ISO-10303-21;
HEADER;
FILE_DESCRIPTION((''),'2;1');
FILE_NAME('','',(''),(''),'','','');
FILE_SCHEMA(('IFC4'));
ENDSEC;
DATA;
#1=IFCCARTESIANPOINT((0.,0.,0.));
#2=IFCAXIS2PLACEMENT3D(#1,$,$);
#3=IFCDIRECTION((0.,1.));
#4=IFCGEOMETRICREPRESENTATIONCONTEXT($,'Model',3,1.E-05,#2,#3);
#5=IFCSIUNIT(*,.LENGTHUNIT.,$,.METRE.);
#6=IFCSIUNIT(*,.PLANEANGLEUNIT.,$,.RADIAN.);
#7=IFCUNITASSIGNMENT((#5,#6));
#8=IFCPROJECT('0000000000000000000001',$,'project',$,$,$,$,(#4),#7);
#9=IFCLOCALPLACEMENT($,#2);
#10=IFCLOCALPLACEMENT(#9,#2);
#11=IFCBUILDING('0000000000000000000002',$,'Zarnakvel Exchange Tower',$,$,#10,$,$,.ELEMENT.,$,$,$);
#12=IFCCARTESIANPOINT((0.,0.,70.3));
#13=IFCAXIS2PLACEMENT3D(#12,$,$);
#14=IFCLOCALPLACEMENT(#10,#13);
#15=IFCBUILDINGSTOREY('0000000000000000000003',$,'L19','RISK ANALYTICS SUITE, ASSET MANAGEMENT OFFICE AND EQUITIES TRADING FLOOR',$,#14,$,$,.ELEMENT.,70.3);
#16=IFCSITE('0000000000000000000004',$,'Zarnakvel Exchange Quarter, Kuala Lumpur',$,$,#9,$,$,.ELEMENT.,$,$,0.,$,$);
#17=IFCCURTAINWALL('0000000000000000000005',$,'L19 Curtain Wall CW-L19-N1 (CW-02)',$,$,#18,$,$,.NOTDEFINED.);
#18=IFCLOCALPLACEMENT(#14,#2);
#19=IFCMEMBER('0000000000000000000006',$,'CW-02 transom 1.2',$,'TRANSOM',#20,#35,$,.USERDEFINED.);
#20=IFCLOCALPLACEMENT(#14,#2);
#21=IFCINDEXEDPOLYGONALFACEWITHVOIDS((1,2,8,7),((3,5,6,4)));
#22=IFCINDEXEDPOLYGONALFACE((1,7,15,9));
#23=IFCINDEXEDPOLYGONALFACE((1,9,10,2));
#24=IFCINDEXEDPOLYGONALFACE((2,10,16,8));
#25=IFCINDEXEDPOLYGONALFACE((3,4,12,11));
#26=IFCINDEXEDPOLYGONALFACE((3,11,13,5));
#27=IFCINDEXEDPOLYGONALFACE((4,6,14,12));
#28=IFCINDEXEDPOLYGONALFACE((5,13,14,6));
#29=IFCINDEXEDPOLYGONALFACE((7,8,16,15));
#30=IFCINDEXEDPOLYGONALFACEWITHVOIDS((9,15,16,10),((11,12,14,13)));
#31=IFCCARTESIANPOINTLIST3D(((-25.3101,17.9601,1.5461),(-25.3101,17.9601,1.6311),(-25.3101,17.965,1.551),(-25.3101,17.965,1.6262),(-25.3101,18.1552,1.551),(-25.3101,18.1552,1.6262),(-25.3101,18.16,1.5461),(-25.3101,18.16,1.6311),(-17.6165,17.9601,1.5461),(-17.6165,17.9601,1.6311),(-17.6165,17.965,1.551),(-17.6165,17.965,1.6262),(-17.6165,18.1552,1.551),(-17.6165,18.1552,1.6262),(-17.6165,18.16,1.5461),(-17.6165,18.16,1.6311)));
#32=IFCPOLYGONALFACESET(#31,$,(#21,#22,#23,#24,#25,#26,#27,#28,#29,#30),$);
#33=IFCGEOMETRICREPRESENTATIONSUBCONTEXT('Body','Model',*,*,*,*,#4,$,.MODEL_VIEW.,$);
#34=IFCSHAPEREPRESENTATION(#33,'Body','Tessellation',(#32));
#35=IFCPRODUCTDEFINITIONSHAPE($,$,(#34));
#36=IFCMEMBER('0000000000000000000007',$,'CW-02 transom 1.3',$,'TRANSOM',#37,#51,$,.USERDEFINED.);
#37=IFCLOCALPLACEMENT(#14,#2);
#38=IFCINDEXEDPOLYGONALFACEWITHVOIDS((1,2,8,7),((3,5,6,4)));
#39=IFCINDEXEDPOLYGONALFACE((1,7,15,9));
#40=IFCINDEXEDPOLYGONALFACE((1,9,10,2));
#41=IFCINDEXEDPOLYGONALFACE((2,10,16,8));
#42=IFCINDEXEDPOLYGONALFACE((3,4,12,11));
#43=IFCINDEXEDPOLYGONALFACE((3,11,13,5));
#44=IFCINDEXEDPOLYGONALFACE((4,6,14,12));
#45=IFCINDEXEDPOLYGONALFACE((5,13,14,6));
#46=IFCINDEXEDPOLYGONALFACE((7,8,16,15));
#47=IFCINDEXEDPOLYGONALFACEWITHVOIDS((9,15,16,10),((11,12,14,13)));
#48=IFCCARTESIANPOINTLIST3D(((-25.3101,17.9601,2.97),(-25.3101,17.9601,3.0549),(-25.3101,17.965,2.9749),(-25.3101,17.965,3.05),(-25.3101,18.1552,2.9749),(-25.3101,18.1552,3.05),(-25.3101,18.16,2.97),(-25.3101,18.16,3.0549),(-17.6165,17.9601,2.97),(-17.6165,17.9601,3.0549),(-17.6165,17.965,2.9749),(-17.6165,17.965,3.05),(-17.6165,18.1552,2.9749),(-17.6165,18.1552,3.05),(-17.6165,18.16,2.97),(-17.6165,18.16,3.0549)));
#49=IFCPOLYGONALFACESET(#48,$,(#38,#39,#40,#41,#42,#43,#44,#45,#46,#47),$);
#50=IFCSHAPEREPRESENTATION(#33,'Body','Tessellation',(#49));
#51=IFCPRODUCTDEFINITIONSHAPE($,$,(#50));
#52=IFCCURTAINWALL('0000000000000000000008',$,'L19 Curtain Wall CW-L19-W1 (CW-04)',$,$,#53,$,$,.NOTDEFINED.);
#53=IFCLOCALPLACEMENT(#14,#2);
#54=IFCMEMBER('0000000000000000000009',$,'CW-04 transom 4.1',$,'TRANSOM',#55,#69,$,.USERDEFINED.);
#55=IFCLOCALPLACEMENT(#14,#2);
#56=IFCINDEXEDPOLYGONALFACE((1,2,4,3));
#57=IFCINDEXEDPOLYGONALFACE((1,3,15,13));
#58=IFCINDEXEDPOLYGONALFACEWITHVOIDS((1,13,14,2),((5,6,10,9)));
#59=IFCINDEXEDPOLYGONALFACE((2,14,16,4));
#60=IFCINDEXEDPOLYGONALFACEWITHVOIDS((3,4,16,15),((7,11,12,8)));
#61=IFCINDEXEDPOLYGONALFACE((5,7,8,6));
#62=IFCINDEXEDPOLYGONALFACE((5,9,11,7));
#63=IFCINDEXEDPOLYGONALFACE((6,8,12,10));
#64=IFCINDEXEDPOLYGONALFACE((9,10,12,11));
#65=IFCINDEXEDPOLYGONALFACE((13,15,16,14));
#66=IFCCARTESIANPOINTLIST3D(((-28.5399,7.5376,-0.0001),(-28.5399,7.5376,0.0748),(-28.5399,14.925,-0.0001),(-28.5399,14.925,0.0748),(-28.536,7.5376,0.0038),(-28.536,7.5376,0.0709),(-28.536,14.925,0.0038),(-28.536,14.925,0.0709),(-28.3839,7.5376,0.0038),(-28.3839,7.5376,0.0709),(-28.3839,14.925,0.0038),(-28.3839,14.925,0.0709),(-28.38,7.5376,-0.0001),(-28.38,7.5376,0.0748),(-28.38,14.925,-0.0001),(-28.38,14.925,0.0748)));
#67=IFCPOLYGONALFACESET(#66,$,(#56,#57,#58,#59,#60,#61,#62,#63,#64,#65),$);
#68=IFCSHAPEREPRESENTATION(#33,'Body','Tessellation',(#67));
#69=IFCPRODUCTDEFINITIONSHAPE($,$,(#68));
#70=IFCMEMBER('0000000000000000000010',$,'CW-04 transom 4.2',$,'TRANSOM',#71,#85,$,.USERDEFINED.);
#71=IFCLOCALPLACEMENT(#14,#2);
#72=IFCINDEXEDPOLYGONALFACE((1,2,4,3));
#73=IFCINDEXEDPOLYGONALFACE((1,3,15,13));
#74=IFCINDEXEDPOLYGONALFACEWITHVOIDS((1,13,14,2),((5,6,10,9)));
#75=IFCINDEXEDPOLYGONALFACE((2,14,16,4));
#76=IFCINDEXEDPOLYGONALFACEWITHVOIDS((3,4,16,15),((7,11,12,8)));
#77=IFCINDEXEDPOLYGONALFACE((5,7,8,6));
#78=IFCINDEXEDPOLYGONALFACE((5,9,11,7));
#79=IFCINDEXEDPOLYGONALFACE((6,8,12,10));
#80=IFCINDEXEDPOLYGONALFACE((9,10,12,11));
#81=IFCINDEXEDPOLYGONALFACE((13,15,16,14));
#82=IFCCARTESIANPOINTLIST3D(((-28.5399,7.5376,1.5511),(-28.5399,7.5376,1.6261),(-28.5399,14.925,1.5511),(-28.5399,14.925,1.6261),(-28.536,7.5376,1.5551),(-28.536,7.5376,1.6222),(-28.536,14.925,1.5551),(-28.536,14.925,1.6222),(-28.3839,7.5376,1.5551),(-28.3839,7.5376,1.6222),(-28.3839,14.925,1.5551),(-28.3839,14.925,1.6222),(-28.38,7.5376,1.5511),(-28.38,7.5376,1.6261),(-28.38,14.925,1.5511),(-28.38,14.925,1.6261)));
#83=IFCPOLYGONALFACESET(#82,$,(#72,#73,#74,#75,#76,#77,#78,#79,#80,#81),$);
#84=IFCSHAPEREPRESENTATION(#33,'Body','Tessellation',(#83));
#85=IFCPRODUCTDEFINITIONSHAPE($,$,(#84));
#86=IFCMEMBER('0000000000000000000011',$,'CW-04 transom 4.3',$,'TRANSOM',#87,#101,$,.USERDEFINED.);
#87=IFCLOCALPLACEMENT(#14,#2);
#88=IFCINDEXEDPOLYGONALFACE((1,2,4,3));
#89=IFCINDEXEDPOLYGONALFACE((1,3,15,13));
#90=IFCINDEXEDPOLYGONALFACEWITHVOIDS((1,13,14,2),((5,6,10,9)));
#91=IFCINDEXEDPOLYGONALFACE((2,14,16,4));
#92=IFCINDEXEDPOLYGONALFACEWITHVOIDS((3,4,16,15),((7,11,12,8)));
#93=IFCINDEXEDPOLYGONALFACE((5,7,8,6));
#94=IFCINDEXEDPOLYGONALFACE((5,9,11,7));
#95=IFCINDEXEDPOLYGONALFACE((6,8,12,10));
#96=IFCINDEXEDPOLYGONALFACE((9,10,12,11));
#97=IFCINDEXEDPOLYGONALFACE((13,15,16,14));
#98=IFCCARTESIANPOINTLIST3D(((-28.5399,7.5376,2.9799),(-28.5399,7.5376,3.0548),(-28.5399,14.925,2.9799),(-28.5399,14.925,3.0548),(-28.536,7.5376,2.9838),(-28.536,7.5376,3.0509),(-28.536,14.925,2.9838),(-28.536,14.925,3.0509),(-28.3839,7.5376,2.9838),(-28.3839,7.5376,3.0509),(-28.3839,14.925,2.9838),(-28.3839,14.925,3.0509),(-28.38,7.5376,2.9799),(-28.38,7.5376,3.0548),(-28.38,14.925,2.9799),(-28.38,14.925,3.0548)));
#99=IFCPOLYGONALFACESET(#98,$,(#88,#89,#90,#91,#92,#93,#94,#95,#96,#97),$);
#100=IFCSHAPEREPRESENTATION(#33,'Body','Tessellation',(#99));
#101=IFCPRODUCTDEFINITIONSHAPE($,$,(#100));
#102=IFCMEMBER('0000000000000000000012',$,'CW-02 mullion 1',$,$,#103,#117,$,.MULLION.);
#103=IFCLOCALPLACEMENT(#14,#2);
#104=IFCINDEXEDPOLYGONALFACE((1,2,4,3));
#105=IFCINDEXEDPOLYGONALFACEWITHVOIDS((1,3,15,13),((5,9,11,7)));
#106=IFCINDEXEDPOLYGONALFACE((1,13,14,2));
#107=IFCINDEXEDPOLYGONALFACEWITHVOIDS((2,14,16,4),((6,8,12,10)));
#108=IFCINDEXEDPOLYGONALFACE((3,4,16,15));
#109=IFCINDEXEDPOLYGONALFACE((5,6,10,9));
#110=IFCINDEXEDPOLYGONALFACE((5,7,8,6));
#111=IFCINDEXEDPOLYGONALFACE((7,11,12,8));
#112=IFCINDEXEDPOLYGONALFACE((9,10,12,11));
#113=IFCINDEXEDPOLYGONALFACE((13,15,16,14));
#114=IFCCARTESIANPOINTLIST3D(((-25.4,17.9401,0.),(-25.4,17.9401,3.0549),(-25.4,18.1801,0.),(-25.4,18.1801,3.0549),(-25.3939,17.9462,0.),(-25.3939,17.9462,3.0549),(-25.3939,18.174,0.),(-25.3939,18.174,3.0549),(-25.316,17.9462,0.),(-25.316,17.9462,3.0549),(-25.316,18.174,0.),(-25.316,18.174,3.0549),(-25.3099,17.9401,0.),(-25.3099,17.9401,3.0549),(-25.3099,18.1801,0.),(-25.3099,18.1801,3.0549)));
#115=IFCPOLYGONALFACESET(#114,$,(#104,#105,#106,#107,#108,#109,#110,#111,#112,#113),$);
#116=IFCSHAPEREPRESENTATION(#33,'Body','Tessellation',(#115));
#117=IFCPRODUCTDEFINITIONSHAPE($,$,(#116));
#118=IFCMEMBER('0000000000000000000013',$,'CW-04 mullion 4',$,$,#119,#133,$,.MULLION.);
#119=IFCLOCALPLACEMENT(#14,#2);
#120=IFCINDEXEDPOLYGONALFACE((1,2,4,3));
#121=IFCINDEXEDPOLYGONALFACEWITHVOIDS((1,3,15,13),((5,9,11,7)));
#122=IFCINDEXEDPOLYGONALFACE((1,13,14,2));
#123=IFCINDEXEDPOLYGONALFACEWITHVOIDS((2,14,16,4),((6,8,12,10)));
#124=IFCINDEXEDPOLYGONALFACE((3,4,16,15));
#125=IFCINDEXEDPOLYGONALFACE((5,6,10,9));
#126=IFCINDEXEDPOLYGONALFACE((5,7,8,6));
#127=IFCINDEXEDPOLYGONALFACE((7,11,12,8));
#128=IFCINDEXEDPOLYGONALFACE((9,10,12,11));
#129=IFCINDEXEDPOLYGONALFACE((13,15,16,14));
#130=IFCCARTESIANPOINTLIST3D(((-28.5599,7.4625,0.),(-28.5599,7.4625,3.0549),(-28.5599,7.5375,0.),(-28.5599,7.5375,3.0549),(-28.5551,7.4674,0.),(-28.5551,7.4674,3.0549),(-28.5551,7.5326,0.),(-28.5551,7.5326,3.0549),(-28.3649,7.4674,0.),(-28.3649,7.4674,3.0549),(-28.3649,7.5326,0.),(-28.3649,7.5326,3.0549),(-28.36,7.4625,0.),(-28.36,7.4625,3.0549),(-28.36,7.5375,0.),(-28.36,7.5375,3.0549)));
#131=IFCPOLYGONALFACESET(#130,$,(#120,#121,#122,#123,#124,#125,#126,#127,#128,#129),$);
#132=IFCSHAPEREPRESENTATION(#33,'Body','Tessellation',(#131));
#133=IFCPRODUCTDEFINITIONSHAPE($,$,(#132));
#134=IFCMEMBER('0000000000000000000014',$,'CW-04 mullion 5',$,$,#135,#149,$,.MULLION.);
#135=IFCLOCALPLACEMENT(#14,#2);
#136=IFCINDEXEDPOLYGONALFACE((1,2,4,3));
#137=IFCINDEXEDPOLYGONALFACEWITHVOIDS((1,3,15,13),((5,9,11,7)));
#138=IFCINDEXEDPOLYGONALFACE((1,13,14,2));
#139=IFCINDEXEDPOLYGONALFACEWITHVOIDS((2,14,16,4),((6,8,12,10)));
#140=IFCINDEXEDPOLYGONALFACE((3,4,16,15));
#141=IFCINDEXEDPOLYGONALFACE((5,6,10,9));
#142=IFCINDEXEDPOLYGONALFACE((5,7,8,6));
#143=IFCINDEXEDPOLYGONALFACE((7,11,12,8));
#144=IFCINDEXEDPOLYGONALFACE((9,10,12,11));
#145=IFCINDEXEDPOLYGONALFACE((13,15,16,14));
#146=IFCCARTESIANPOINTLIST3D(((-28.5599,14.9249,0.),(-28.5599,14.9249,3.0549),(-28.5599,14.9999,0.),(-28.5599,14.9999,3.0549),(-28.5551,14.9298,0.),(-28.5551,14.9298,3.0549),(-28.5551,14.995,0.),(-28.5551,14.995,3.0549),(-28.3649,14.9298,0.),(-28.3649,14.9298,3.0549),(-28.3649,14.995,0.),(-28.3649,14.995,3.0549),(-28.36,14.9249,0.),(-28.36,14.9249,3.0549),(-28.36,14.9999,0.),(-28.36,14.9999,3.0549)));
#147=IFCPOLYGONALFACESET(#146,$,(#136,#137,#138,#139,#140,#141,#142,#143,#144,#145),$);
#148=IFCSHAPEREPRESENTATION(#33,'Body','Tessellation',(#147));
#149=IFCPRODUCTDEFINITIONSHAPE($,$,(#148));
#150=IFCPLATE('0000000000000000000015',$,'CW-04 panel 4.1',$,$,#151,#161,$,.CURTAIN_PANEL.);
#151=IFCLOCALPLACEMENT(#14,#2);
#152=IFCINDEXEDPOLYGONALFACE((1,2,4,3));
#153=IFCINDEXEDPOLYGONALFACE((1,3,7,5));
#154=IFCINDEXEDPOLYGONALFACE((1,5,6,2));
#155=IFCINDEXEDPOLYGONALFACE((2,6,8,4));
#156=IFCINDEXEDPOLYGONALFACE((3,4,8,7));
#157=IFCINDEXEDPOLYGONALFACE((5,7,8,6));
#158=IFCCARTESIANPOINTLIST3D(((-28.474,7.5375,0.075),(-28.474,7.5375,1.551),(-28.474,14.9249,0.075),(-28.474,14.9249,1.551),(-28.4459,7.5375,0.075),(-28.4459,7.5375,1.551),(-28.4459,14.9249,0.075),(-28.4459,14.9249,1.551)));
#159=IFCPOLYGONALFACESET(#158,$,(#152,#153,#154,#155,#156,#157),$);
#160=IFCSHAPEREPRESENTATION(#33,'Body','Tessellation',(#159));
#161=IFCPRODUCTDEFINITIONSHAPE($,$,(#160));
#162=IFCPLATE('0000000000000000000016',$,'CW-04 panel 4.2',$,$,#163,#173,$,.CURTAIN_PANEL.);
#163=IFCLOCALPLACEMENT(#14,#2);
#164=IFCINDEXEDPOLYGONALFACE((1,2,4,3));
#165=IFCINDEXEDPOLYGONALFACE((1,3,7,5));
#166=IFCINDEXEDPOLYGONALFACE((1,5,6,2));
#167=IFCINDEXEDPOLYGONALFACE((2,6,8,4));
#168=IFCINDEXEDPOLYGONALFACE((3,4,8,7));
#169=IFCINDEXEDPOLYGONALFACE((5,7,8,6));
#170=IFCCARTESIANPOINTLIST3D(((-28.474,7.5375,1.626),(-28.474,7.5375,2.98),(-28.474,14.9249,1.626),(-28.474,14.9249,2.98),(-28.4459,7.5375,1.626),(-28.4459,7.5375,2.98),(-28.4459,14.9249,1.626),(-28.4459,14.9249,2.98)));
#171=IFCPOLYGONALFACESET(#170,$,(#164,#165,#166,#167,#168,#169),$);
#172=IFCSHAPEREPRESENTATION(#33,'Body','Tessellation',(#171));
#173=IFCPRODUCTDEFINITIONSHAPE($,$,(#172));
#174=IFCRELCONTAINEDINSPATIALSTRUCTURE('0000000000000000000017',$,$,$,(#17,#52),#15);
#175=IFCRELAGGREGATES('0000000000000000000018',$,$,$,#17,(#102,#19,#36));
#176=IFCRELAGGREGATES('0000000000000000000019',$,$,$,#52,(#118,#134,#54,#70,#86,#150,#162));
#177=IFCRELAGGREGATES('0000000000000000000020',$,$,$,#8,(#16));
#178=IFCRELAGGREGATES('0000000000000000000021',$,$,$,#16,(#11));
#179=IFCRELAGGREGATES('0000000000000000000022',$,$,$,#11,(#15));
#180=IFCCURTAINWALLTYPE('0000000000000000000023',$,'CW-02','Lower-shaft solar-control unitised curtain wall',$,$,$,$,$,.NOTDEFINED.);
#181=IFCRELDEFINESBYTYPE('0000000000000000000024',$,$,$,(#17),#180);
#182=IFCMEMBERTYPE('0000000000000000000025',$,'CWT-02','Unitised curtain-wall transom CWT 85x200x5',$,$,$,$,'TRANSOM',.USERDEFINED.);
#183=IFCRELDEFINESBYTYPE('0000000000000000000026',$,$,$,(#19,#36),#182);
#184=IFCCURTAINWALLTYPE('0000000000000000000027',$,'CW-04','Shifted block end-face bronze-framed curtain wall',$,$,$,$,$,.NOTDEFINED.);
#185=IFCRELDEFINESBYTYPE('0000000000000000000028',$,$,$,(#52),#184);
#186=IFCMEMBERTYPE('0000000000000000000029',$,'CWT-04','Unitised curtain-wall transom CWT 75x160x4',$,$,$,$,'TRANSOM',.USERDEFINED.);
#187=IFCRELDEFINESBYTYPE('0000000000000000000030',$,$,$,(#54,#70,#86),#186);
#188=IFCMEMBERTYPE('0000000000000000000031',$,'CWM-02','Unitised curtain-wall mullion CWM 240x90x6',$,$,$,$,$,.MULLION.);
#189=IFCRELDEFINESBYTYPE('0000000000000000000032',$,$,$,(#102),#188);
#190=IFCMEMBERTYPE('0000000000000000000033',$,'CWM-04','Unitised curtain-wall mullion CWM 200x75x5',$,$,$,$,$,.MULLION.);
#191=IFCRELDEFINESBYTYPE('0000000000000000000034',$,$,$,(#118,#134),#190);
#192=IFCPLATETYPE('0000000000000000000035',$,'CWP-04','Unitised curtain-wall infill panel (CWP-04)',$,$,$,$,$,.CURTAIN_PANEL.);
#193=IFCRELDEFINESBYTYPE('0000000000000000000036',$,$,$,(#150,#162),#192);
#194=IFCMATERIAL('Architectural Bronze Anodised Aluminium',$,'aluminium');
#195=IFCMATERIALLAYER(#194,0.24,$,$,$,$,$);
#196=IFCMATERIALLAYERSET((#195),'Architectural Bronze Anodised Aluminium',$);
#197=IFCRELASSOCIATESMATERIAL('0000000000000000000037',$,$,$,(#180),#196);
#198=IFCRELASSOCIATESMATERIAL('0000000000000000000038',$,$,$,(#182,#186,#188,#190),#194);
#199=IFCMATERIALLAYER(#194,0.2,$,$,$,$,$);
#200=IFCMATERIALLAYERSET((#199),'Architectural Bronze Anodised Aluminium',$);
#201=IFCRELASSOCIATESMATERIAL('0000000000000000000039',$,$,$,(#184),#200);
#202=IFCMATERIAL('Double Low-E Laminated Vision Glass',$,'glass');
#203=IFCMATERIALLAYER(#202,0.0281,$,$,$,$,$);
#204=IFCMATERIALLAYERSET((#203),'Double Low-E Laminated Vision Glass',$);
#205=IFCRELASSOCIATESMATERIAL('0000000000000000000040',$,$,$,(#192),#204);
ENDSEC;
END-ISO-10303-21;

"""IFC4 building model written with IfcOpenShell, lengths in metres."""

from ifc_helpers import new_model, si_unit, direction, frame, origin, origin_2d, place, context, subcontext, project, spatial, rectangle, hollow_rectangle, extrude, source, transform, mapped, material, layer, layer_set, material_profile, profile_set, type_object, element, aggregate, save


model = new_model("IFC4")

# Units and contexts
model_context = context("Model", 3, precision=1e-05, world=origin(), true_north=direction((0.0, 1.0)))
body_context = subcontext(model_context, "Body", "Model", "MODEL_VIEW")
ifc_project = project(units=[si_unit("LENGTHUNIT", "METRE"), si_unit("PLANEANGLEUNIT", "RADIAN")], contexts=[model_context])

# Site, building, storey
site_placement = place(None, origin())
site = spatial("IfcSite", under=ifc_project, at=site_placement, Name="Zarnakvel Exchange Quarter, Kuala Lumpur", CompositionType="ELEMENT", RefElevation=0.0)
building_placement = place(site_placement, origin())
building = spatial("IfcBuilding", under=site, at=building_placement, Name="Zarnakvel Exchange Tower", CompositionType="ELEMENT")
storey_placement = place(building_placement, frame((0.0, 0.0, 70.3)))
storey = spatial("IfcBuildingStorey", under=building, at=storey_placement, Name="L19", Description="RISK ANALYTICS SUITE, ASSET MANAGEMENT OFFICE AND EQUITIES TRADING FLOOR", CompositionType="ELEMENT", Elevation=70.3)

# Curtain walls, members
ifc_material_1 = material(Name="Architectural Bronze Anodised Aluminium", Category="aluminium")
ifc_layer_1 = layer(ifc_material_1, 0.24)
ifc_layer_set_1 = layer_set([ifc_layer_1], Name="Architectural Bronze Anodised Aluminium")
curtain_wall_type_1 = type_object("IfcCurtainWallType", Name="CW-02", Description="Lower-shaft solar-control unitised curtain wall", PredefinedType="NOTDEFINED", material=ifc_layer_set_1)
curtain_wall_1_placement = place(storey_placement, origin())
curtain_wall_1 = element("IfcCurtainWall", 1, at=curtain_wall_1_placement, inside=storey, type_object=curtain_wall_type_1, Name="L19 Curtain Wall CW-L19-N1 (CW-02)", PredefinedType="NOTDEFINED")
ifc_material_profile_1 = material_profile(ifc_material_1, hollow_rectangle(XDim=0.2, YDim=0.085, WallThickness=0.0049, at=origin_2d()))
ifc_profile_set_1 = profile_set([ifc_material_profile_1], Name="Architectural Bronze Anodised Aluminium")
member_type_1 = type_object("IfcMemberType", Name="CWT-02", Description="Unitised curtain-wall transom CWT 85x200x5", ElementType="TRANSOM", PredefinedType="USERDEFINED", material=ifc_profile_set_1)
shared_shape_1 = source(origin(), body_context, "Body", "SweptSolid", [
    extrude(hollow_rectangle(XDim=0.2, YDim=0.085, WallThickness=0.0049, at=origin_2d()), origin(), (0.0, 0.0, 1.0), 7.6936),
])
member_1_placement = place(storey_placement, frame((-25.3101, 18.0601, 1.5886), z_axis=(1.0, 0.0, 0.0), x_axis=(0.0, 1.0, 0.0)))
member_1 = element("IfcMember", 2, at=member_1_placement, type_object=member_type_1, Name="CW-02 transom 1.2", ObjectType="TRANSOM", PredefinedType="USERDEFINED", context=body_context, shape_type="MappedRepresentation", body=[
    mapped(shared_shape_1, transform((0.0, 0.0, 0.0), x_axis=(1.0, 0.0, 0.0), y_axis=(0.0, 1.0, 0.0), z_axis=(0.0, 0.0, 1.0), scale=1.0)),
])
member_2_placement = place(storey_placement, frame((-25.3101, 18.0601, 3.0125), z_axis=(1.0, 0.0, 0.0), x_axis=(0.0, 1.0, 0.0)))
member_2 = element("IfcMember", 3, at=member_2_placement, type_object=member_type_1, Name="CW-02 transom 1.3", ObjectType="TRANSOM", PredefinedType="USERDEFINED", context=body_context, shape_type="MappedRepresentation", body=[
    mapped(shared_shape_1, transform((0.0, 0.0, 0.0), x_axis=(1.0, 0.0, 0.0), y_axis=(0.0, 1.0, 0.0), z_axis=(0.0, 0.0, 1.0), scale=1.0)),
])
ifc_layer_2 = layer(ifc_material_1, 0.2)
ifc_layer_set_2 = layer_set([ifc_layer_2], Name="Architectural Bronze Anodised Aluminium")
curtain_wall_type_2 = type_object("IfcCurtainWallType", Name="CW-04", Description="Shifted block end-face bronze-framed curtain wall", PredefinedType="NOTDEFINED", material=ifc_layer_set_2)
curtain_wall_2_placement = place(storey_placement, origin())
curtain_wall_2 = element("IfcCurtainWall", 4, at=curtain_wall_2_placement, inside=storey, type_object=curtain_wall_type_2, Name="L19 Curtain Wall CW-L19-W1 (CW-04)", PredefinedType="NOTDEFINED")
ifc_material_profile_2 = material_profile(ifc_material_1, hollow_rectangle(XDim=0.1599, YDim=0.075, WallThickness=0.0039, at=origin_2d()))
ifc_profile_set_2 = profile_set([ifc_material_profile_2], Name="Architectural Bronze Anodised Aluminium")
member_type_2 = type_object("IfcMemberType", Name="CWT-04", Description="Unitised curtain-wall transom CWT 75x160x4", ElementType="TRANSOM", PredefinedType="USERDEFINED", material=ifc_profile_set_2)
shared_shape_2 = source(origin(), body_context, "Body", "SweptSolid", [
    extrude(hollow_rectangle(XDim=0.1599, YDim=0.075, WallThickness=0.0039, at=origin_2d()), origin(), (0.0, 0.0, 1.0), 7.3875),
])
member_3_placement = place(storey_placement, frame((-28.46, 7.5376, 0.0374), z_axis=(0.0, 1.0, 0.0), x_axis=(-1.0, 0.0, 0.0)))
member_3 = element("IfcMember", 5, at=member_3_placement, type_object=member_type_2, Name="CW-04 transom 4.1", ObjectType="TRANSOM", PredefinedType="USERDEFINED", context=body_context, shape_type="MappedRepresentation", body=[
    mapped(shared_shape_2, transform((0.0, 0.0, 0.0), x_axis=(1.0, 0.0, 0.0), y_axis=(0.0, 1.0, 0.0), z_axis=(0.0, 0.0, 1.0), scale=1.0)),
])
member_4_placement = place(storey_placement, frame((-28.46, 7.5376, 1.5886), z_axis=(0.0, 1.0, 0.0), x_axis=(-1.0, 0.0, 0.0)))
member_4 = element("IfcMember", 6, at=member_4_placement, type_object=member_type_2, Name="CW-04 transom 4.2", ObjectType="TRANSOM", PredefinedType="USERDEFINED", context=body_context, shape_type="MappedRepresentation", body=[
    mapped(shared_shape_2, transform((0.0, 0.0, 0.0), x_axis=(1.0, 0.0, 0.0), y_axis=(0.0, 1.0, 0.0), z_axis=(0.0, 0.0, 1.0), scale=1.0)),
])
member_5_placement = place(storey_placement, frame((-28.46, 7.5376, 3.0173), z_axis=(0.0, 1.0, 0.0), x_axis=(-1.0, 0.0, 0.0)))
member_5 = element("IfcMember", 7, at=member_5_placement, type_object=member_type_2, Name="CW-04 transom 4.3", ObjectType="TRANSOM", PredefinedType="USERDEFINED", context=body_context, shape_type="MappedRepresentation", body=[
    mapped(shared_shape_2, transform((0.0, 0.0, 0.0), x_axis=(1.0, 0.0, 0.0), y_axis=(0.0, 1.0, 0.0), z_axis=(0.0, 0.0, 1.0), scale=1.0)),
])

# Members
ifc_material_profile_3 = material_profile(ifc_material_1, hollow_rectangle(XDim=0.24, YDim=0.0901, WallThickness=0.0061, at=origin_2d()))
ifc_profile_set_3 = profile_set([ifc_material_profile_3], Name="Architectural Bronze Anodised Aluminium")
member_type_3 = type_object("IfcMemberType", Name="CWM-02", Description="Unitised curtain-wall mullion CWM 240x90x6", PredefinedType="MULLION", material=ifc_profile_set_3)
shared_shape_3 = source(origin(), body_context, "Body", "SweptSolid", [
    extrude(hollow_rectangle(XDim=0.24, YDim=0.0901, WallThickness=0.0061, at=origin_2d()), origin(), (0.0, 0.0, 1.0), 3.0549),
])
member_6_placement = place(storey_placement, frame((-25.355, 18.0601, 0.0), z_axis=(0.0, 0.0, 1.0), x_axis=(0.0, 1.0, 0.0)))
member_6 = element("IfcMember", 8, at=member_6_placement, type_object=member_type_3, Name="CW-02 mullion 1", PredefinedType="MULLION", context=body_context, shape_type="MappedRepresentation", body=[
    mapped(shared_shape_3, transform((0.0, 0.0, 0.0), x_axis=(1.0, 0.0, 0.0), y_axis=(0.0, 1.0, 0.0), z_axis=(0.0, 0.0, 1.0), scale=1.0)),
])
aggregate(curtain_wall_1, [member_6, member_1, member_2])
ifc_material_profile_4 = material_profile(ifc_material_1, hollow_rectangle(XDim=0.2, YDim=0.075, WallThickness=0.0049, at=origin_2d()))
ifc_profile_set_4 = profile_set([ifc_material_profile_4], Name="Architectural Bronze Anodised Aluminium")
member_type_4 = type_object("IfcMemberType", Name="CWM-04", Description="Unitised curtain-wall mullion CWM 200x75x5", PredefinedType="MULLION", material=ifc_profile_set_4)
shared_shape_4 = source(origin(), body_context, "Body", "SweptSolid", [
    extrude(hollow_rectangle(XDim=0.2, YDim=0.075, WallThickness=0.0049, at=origin_2d()), origin(), (0.0, 0.0, 1.0), 3.0549),
])
member_7_placement = place(storey_placement, frame((-28.46, 7.5, 0.0), z_axis=(0.0, 0.0, 1.0), x_axis=(-1.0, 0.0, 0.0)))
member_7 = element("IfcMember", 9, at=member_7_placement, type_object=member_type_4, Name="CW-04 mullion 4", PredefinedType="MULLION", context=body_context, shape_type="MappedRepresentation", body=[
    mapped(shared_shape_4, transform((0.0, 0.0, 0.0), x_axis=(1.0, 0.0, 0.0), y_axis=(0.0, 1.0, 0.0), z_axis=(0.0, 0.0, 1.0), scale=1.0)),
])
member_8_placement = place(storey_placement, frame((-28.46, 14.9624, 0.0), z_axis=(0.0, 0.0, 1.0), x_axis=(-1.0, 0.0, 0.0)))
member_8 = element("IfcMember", 10, at=member_8_placement, type_object=member_type_4, Name="CW-04 mullion 5", PredefinedType="MULLION", context=body_context, shape_type="MappedRepresentation", body=[
    mapped(shared_shape_4, transform((0.0, 0.0, 0.0), x_axis=(1.0, 0.0, 0.0), y_axis=(0.0, 1.0, 0.0), z_axis=(0.0, 0.0, 1.0), scale=1.0)),
])

# Plates
ifc_material_2 = material(Name="Double Low-E Laminated Vision Glass", Category="glass")
ifc_layer_3 = layer(ifc_material_2, 0.0281)
ifc_layer_set_3 = layer_set([ifc_layer_3], Name="Double Low-E Laminated Vision Glass")
plate_type = type_object("IfcPlateType", Name="CWP-04", Description="Unitised curtain-wall infill panel (CWP-04)", PredefinedType="CURTAIN_PANEL", material=ifc_layer_set_3)
shared_shape_5 = source(origin(), body_context, "Body", "SweptSolid", [
    extrude(rectangle(XDim=7.3875, YDim=0.0281, at=origin_2d()), origin(), (0.0, 0.0, 1.0), 1.4761),
])
plate_1_placement = place(storey_placement, frame((-28.46, 11.2312, 0.075), z_axis=(0.0, 0.0, 1.0), x_axis=(0.0, 1.0, 0.0)))
plate_1 = element("IfcPlate", 11, at=plate_1_placement, type_object=plate_type, Name="CW-04 panel 4.1", PredefinedType="CURTAIN_PANEL", context=body_context, shape_type="MappedRepresentation", body=[
    mapped(shared_shape_5, transform((0.0, 0.0, 0.0), x_axis=(1.0, 0.0, 0.0), y_axis=(0.0, 1.0, 0.0), z_axis=(0.0, 0.0, 1.0), scale=1.0)),
])
shared_shape_6 = source(origin(), body_context, "Body", "SweptSolid", [
    extrude(rectangle(XDim=7.3875, YDim=0.0281, at=origin_2d()), origin(), (0.0, 0.0, 1.0), 1.354),
])
plate_2_placement = place(storey_placement, frame((-28.46, 11.2312, 1.626), z_axis=(0.0, 0.0, 1.0), x_axis=(0.0, 1.0, 0.0)))
plate_2 = element("IfcPlate", 12, at=plate_2_placement, type_object=plate_type, Name="CW-04 panel 4.2", PredefinedType="CURTAIN_PANEL", context=body_context, shape_type="MappedRepresentation", body=[
    mapped(shared_shape_6, transform((0.0, 0.0, 0.0), x_axis=(1.0, 0.0, 0.0), y_axis=(0.0, 1.0, 0.0), z_axis=(0.0, 0.0, 1.0), scale=1.0)),
])
aggregate(curtain_wall_2, [member_7, member_8, member_3, member_4, member_5, plate_1, plate_2])

save(model, "model.ifc")
